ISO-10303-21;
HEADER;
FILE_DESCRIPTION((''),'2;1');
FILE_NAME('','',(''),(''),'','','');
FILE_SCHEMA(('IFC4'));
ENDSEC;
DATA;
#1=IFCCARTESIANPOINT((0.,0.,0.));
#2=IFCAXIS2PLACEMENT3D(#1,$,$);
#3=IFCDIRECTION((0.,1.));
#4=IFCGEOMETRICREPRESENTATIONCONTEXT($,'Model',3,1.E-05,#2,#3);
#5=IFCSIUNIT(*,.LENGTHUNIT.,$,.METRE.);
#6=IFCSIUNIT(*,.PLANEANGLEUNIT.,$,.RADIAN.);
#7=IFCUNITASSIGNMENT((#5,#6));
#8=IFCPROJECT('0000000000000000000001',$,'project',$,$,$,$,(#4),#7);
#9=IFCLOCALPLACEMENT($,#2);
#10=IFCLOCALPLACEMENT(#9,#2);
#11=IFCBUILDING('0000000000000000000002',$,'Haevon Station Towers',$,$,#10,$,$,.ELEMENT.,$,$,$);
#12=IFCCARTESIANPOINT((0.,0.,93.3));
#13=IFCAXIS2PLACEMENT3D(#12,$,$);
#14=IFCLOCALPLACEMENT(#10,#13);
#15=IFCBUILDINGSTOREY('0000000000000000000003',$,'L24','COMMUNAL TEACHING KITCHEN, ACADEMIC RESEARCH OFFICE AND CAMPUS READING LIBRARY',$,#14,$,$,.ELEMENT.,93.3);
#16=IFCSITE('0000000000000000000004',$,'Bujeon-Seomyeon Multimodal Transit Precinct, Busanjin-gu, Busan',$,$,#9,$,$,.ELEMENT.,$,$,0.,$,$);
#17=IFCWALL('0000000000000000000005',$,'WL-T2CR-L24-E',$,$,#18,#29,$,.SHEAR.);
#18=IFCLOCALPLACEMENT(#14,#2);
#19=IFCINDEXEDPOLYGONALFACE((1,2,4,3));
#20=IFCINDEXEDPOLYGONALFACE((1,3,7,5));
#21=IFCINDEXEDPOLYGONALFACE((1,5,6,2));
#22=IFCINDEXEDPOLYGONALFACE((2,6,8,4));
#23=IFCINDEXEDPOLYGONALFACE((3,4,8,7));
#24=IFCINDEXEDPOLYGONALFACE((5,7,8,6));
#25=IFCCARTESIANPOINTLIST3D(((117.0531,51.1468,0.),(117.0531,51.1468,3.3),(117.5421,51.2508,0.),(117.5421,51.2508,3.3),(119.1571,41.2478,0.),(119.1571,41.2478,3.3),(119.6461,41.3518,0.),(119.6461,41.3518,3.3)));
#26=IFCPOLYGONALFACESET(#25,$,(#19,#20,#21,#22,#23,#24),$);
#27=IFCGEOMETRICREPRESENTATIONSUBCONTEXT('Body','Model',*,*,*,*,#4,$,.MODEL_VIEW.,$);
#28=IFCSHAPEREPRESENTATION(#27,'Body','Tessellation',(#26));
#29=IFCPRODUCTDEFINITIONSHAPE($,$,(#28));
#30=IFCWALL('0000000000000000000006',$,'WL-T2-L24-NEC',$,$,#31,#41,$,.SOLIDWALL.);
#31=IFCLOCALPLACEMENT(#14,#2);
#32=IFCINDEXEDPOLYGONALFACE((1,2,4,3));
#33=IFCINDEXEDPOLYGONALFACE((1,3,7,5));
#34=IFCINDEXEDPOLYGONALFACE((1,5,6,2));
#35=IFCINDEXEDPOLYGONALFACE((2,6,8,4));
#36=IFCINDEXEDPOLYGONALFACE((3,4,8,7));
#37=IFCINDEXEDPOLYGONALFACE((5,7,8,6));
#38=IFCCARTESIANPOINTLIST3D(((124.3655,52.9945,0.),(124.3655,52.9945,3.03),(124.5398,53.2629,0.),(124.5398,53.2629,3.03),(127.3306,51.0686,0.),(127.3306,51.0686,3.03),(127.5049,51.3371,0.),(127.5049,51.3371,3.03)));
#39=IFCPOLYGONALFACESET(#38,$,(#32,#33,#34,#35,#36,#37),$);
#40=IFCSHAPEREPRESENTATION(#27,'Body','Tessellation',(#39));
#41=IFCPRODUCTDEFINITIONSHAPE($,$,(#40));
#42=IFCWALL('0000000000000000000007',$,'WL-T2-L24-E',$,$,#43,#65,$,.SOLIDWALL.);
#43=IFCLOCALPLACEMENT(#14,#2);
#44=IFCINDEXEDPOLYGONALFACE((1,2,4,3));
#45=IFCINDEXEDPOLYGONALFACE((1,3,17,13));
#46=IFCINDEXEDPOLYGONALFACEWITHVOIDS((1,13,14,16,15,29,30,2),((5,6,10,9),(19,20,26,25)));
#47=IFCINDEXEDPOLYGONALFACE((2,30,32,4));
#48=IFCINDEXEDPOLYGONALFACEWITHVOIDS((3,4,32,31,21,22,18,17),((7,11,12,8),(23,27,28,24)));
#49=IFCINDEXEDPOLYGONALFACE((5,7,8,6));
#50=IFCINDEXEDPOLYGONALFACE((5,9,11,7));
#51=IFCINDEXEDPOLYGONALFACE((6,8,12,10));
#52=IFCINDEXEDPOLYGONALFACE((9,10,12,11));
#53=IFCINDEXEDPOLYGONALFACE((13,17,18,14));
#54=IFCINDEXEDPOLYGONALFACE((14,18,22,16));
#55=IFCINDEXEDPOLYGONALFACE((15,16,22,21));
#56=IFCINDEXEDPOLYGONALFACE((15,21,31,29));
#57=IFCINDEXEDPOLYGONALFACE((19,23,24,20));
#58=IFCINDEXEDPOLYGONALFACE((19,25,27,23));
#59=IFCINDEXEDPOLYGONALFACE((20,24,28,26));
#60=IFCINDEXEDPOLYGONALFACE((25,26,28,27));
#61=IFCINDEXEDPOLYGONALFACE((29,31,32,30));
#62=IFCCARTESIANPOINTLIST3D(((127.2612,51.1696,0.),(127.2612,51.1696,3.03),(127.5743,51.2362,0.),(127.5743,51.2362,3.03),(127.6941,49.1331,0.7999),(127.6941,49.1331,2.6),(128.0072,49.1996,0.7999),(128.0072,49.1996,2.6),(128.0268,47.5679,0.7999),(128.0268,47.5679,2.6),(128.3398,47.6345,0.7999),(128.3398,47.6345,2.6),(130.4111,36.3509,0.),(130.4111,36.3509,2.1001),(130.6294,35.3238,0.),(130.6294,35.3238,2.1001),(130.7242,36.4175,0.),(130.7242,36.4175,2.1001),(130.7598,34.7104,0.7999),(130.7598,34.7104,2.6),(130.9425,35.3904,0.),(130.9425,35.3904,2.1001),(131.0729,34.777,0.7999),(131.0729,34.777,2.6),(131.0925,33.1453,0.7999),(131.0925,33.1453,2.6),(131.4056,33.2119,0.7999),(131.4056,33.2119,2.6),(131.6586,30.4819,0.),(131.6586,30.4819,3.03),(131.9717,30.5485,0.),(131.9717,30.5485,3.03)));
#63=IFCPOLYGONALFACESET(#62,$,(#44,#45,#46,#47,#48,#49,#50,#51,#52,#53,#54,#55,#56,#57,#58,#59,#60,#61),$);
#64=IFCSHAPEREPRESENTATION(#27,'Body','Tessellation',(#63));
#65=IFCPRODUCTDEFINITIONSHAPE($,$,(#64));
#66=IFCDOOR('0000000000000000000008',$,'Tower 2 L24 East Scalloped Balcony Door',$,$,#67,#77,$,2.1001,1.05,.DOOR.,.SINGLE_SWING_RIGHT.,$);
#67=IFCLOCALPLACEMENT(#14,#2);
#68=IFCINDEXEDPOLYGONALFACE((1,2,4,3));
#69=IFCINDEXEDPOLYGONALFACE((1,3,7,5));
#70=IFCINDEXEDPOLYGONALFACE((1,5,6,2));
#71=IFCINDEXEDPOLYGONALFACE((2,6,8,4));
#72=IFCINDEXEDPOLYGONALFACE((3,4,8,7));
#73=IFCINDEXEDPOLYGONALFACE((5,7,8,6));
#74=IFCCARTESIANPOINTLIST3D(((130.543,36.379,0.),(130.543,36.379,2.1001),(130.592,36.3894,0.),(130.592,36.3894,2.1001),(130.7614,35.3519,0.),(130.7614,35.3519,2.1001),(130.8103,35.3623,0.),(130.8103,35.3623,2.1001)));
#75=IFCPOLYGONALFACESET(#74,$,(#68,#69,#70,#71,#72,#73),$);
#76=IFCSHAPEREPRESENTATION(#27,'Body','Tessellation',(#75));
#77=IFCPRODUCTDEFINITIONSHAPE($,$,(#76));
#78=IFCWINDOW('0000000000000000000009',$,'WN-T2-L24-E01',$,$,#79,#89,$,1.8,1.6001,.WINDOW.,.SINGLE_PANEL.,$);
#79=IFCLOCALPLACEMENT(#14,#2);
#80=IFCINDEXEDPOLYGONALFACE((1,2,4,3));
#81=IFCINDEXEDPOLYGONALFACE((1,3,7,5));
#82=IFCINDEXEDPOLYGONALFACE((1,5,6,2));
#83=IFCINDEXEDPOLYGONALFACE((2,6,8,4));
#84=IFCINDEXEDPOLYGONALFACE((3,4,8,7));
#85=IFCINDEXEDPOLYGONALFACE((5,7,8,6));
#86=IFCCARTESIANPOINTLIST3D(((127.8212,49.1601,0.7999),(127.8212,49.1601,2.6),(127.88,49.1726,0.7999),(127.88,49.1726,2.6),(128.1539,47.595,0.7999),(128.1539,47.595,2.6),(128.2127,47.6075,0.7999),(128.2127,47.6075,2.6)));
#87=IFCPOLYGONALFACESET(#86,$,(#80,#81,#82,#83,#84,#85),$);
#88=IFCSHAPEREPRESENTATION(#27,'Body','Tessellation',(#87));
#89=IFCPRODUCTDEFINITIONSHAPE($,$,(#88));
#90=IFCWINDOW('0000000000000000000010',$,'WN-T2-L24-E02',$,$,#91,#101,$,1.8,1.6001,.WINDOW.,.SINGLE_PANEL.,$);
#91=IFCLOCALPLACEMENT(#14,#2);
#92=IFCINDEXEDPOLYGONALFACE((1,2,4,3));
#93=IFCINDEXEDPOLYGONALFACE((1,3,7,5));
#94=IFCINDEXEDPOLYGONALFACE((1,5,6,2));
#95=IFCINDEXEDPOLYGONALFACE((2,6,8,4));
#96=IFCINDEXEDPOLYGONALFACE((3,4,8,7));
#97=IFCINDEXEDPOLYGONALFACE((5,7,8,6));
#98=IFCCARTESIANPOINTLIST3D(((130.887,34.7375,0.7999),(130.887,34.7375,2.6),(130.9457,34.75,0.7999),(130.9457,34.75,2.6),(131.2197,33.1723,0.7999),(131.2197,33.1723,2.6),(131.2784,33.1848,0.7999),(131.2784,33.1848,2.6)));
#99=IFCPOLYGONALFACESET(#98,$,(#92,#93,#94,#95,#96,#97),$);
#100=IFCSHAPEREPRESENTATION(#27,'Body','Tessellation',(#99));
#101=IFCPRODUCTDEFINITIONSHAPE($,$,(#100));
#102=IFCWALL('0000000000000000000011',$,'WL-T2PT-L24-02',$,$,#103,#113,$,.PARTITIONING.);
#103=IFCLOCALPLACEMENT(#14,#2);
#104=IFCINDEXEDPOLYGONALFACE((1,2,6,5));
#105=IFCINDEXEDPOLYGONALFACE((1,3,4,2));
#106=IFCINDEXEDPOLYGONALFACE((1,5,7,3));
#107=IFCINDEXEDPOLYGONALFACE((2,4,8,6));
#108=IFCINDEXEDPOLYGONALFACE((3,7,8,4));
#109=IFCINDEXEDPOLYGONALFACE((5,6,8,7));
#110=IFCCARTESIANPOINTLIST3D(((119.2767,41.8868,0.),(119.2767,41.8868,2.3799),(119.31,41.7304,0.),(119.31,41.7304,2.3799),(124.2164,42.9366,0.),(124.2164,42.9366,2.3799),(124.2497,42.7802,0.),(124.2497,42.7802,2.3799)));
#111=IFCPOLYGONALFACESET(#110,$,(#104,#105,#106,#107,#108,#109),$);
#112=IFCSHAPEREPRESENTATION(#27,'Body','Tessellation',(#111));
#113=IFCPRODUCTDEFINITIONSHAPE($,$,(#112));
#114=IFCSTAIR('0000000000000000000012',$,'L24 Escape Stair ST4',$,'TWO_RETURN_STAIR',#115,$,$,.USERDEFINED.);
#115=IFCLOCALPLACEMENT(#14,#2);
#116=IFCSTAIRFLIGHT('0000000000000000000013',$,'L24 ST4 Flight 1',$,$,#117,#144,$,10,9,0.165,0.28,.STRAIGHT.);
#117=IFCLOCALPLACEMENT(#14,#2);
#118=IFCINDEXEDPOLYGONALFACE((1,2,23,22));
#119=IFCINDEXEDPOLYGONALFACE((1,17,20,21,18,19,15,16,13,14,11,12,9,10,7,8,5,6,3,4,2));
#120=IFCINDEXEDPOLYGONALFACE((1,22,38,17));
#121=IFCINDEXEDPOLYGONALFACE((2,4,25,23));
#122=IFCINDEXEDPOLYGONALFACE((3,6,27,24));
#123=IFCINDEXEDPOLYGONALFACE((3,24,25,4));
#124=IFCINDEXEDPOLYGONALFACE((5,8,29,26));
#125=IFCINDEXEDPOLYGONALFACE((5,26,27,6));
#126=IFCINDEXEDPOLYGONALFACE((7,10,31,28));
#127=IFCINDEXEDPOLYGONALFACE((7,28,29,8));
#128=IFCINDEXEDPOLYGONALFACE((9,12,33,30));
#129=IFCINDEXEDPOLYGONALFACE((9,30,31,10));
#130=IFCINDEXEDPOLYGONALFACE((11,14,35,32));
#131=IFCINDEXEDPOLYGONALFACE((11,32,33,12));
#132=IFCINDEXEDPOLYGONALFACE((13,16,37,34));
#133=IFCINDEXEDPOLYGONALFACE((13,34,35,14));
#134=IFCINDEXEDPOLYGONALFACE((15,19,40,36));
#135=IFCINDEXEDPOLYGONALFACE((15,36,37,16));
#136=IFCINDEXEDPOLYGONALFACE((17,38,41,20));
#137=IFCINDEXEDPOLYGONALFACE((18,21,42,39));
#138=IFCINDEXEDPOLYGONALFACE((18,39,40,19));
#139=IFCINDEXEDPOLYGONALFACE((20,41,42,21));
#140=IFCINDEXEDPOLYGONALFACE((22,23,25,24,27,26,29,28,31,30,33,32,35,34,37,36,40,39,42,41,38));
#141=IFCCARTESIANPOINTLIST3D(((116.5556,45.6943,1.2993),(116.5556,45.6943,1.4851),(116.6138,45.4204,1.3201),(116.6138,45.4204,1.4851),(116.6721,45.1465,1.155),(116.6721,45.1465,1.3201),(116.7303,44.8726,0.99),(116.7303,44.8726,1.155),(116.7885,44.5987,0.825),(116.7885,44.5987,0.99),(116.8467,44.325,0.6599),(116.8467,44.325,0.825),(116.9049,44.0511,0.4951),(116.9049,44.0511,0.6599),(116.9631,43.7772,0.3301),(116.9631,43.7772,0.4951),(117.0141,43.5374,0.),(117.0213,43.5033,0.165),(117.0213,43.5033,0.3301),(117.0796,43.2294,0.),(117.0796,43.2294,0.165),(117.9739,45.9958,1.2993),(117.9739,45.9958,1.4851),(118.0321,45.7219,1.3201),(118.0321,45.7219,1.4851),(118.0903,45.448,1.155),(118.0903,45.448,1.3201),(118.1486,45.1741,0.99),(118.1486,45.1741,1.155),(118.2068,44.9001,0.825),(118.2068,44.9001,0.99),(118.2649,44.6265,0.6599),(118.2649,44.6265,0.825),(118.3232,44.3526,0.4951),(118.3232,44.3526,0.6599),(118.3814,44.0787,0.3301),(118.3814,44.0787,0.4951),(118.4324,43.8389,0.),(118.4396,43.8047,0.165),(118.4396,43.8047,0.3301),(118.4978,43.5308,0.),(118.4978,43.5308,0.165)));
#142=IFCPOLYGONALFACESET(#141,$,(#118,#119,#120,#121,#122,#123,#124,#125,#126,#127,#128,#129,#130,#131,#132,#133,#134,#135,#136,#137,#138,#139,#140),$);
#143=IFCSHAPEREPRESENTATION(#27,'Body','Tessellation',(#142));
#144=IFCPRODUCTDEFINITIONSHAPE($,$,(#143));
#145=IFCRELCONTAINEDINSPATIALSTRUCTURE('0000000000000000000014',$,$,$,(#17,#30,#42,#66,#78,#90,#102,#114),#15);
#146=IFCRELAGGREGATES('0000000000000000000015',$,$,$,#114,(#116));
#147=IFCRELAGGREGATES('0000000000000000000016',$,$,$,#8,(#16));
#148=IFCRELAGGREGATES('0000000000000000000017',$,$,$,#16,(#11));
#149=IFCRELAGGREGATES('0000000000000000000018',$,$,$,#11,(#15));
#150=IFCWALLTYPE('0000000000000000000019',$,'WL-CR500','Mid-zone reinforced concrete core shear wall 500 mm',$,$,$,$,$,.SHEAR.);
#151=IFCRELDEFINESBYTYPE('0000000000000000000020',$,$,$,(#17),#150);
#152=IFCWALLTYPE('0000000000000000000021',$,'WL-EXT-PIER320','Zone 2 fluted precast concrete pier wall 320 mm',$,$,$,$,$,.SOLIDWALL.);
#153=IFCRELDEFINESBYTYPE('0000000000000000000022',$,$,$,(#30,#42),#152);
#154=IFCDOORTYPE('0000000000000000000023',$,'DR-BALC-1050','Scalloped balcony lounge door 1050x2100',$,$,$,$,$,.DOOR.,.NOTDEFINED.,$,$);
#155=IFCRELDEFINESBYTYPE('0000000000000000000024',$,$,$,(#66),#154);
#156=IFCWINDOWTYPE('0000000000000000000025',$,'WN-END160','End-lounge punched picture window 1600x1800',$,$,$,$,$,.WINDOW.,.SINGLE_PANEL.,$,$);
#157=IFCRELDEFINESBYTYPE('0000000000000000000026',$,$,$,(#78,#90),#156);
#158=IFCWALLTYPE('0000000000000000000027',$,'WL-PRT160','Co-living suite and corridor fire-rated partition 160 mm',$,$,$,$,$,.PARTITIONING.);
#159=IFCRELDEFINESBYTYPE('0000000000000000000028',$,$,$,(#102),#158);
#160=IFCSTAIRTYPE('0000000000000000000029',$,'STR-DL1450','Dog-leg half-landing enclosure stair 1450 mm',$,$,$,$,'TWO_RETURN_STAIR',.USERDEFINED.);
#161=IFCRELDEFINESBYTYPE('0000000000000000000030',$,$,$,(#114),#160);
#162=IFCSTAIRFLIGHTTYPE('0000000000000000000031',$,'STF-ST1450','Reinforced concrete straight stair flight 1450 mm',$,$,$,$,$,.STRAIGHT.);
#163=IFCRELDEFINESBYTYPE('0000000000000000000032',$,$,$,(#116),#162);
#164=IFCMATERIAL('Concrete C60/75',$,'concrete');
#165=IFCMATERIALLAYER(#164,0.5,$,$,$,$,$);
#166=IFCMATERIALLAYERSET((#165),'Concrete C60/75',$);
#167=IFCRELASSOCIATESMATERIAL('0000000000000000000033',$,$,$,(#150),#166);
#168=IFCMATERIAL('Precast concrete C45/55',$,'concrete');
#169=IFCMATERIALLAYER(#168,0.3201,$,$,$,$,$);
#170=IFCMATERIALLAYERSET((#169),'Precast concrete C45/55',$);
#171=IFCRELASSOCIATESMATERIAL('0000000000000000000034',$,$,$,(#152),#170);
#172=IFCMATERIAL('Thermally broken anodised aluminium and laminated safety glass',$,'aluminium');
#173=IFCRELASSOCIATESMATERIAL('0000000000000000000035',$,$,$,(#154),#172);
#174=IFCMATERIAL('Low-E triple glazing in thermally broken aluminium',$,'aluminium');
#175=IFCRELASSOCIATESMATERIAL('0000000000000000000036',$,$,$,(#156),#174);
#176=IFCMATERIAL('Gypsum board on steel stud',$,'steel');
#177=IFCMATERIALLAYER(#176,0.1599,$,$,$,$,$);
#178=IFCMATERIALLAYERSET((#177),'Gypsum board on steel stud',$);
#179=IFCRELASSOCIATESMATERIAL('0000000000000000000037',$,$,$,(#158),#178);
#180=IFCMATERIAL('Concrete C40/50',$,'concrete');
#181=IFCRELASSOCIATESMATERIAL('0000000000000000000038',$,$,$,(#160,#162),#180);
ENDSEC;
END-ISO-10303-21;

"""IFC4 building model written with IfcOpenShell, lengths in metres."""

from ifc_helpers import new_model, si_unit, direction, frame, frame_2d, origin, place, context, subcontext, project, spatial, polyline, rectangle, outline, extrude, material, layer, layer_set, type_object, element, fill, aggregate, save


model = new_model("IFC4")

# Units and contexts
model_context = context("Model", 3, precision=1e-05, world=origin(), true_north=direction((0.0, 1.0)))
body_context = subcontext(model_context, "Body", "Model", "MODEL_VIEW")
ifc_project = project(units=[si_unit("LENGTHUNIT", "METRE"), si_unit("PLANEANGLEUNIT", "RADIAN")], contexts=[model_context])

# Site, building, storey
site_placement = place(None, origin())
site = spatial("IfcSite", under=ifc_project, at=site_placement, Name="Bujeon-Seomyeon Multimodal Transit Precinct, Busanjin-gu, Busan", CompositionType="ELEMENT", RefElevation=0.0)
building_placement = place(site_placement, origin())
building = spatial("IfcBuilding", under=site, at=building_placement, Name="Haevon Station Towers", CompositionType="ELEMENT")
storey_placement = place(building_placement, frame((0.0, 0.0, 93.3)))
storey = spatial("IfcBuildingStorey", under=building, at=storey_placement, Name="L24", Description="COMMUNAL TEACHING KITCHEN, ACADEMIC RESEARCH OFFICE AND CAMPUS READING LIBRARY", CompositionType="ELEMENT", Elevation=93.3)

# Walls
ifc_material_1 = material(Name="Concrete C60/75", Category="concrete")
ifc_layer_1 = layer(ifc_material_1, 0.5)
ifc_layer_set_1 = layer_set([ifc_layer_1], Name="Concrete C60/75")
wall_type_1 = type_object("IfcWallType", Name="WL-CR500", Description="Mid-zone reinforced concrete core shear wall 500 mm", PredefinedType="SHEAR", material=ifc_layer_set_1)
wall_1_placement = place(storey_placement, frame((119.4016, 41.2998, 0.0), z_axis=(0.0, 0.0, 1.0), x_axis=(-0.207904, 0.978149, 0.0)))
element("IfcWall", 1, at=wall_1_placement, inside=storey, type_object=wall_type_1, Name="WL-T2CR-L24-E", PredefinedType="SHEAR", context=body_context, shape_type="SweptSolid", body=[
    extrude(rectangle(XDim=10.1201, YDim=0.5, at=frame_2d((5.0601, 0.0))), origin(), (0.0, 0.0, 1.0), 3.3),
])
ifc_material_2 = material(Name="Precast concrete C45/55", Category="concrete")
ifc_layer_2 = layer(ifc_material_2, 0.3201)
ifc_layer_set_2 = layer_set([ifc_layer_2], Name="Precast concrete C45/55")
wall_type_2 = type_object("IfcWallType", Name="WL-EXT-PIER320", Description="Zone 2 fluted precast concrete pier wall 320 mm", PredefinedType="SOLIDWALL", material=ifc_layer_set_2)
wall_2_placement = place(storey_placement, frame((124.4526, 53.1287, 0.0), z_axis=(0.0, 0.0, 1.0), x_axis=(0.838641, -0.544685, 0.0)))
element("IfcWall", 2, at=wall_2_placement, inside=storey, type_object=wall_type_2, Name="WL-T2-L24-NEC", PredefinedType="SOLIDWALL", context=body_context, shape_type="SweptSolid", body=[
    extrude(rectangle(XDim=3.5356, YDim=0.3201, at=frame_2d((1.7678, 0.0))), origin(), (0.0, 0.0, 1.0), 3.03),
])

# Wall, openings, door, windows
wall_3_placement = place(storey_placement, frame((127.4177, 51.2029, 0.0), z_axis=(0.0, 0.0, 1.0), x_axis=(0.207918, -0.978146, 0.0)))
wall_3 = element("IfcWall", 3, at=wall_3_placement, inside=storey, type_object=wall_type_2, Name="WL-T2-L24-E", PredefinedType="SOLIDWALL", context=body_context, shape_type="SweptSolid", body=[
    extrude(rectangle(XDim=21.1499, YDim=0.3201, at=frame_2d((10.575, 0.0))), origin(), (0.0, 0.0, 1.0), 3.03),
])
opening_1_placement = place(wall_3_placement, frame((15.1499, 0.0, 0.0)))
opening_1 = element("IfcOpeningElement", 4, at=opening_1_placement, cuts=wall_3, PredefinedType="OPENING", context=body_context, shape_type="SweptSolid", body=[
    extrude(rectangle(XDim=1.05, YDim=2.1001, at=frame_2d((0.5249, 1.05))), frame((0.0, 0.1699, 0.0), z_axis=(0.0, -1.0, 0.0), x_axis=(1.0, 0.0, 0.0)), (0.0, 0.0, 1.0), 0.3401),
])
opening_2_placement = place(wall_3_placement, frame((2.082, 0.0, 0.8)))
opening_2 = element("IfcOpeningElement", 5, at=opening_2_placement, cuts=wall_3, PredefinedType="OPENING", context=body_context, shape_type="SweptSolid", body=[
    extrude(rectangle(XDim=1.6001, YDim=1.8, at=frame_2d((0.8, 0.8999))), frame((0.0, 0.1699, 0.0), z_axis=(0.0, -1.0, 0.0), x_axis=(1.0, 0.0, 0.0)), (0.0, 0.0, 1.0), 0.3401),
])
opening_3_placement = place(wall_3_placement, frame((16.8269, 0.0, 0.8)))
opening_3 = element("IfcOpeningElement", 6, at=opening_3_placement, cuts=wall_3, PredefinedType="OPENING", context=body_context, shape_type="SweptSolid", body=[
    extrude(rectangle(XDim=1.6001, YDim=1.8, at=frame_2d((0.8, 0.8999))), frame((0.0, 0.1699, 0.0), z_axis=(0.0, -1.0, 0.0), x_axis=(1.0, 0.0, 0.0)), (0.0, 0.0, 1.0), 0.3401),
])
ifc_material_3 = material(Name="Thermally broken anodised aluminium and laminated safety glass", Category="aluminium")
door_type = type_object("IfcDoorType", Name="DR-BALC-1050", Description="Scalloped balcony lounge door 1050x2100", OperationType="NOTDEFINED", PredefinedType="DOOR", material=ifc_material_3)
door_placement = place(opening_1_placement, origin())
door = element("IfcDoor", 7, at=door_placement, inside=storey, type_object=door_type, Name="Tower 2 L24 East Scalloped Balcony Door", OperationType="SINGLE_SWING_RIGHT", OverallHeight=2.1001, OverallWidth=1.05, PredefinedType="DOOR", context=body_context, shape_type="SweptSolid", body=[
    extrude(rectangle(XDim=1.05, YDim=2.1001, at=frame_2d((0.5249, 1.05))), frame((0.0, 0.0249, 0.0), z_axis=(0.0, -1.0, 0.0), x_axis=(1.0, 0.0, 0.0)), (0.0, 0.0, 1.0), 0.05),
])
fill(opening_1, door)
ifc_material_4 = material(Name="Low-E triple glazing in thermally broken aluminium", Category="aluminium")
window_type = type_object("IfcWindowType", Name="WN-END160", Description="End-lounge punched picture window 1600x1800", PartitioningType="SINGLE_PANEL", PredefinedType="WINDOW", material=ifc_material_4)
window_1_placement = place(opening_2_placement, origin())
window_1 = element("IfcWindow", 8, at=window_1_placement, inside=storey, type_object=window_type, Name="WN-T2-L24-E01", OverallHeight=1.8, OverallWidth=1.6001, PartitioningType="SINGLE_PANEL", PredefinedType="WINDOW", context=body_context, shape_type="SweptSolid", body=[
    extrude(rectangle(XDim=1.6001, YDim=1.8, at=frame_2d((0.8, 0.8999))), frame((0.0, 0.03, 0.0), z_axis=(0.0, -1.0, 0.0), x_axis=(1.0, 0.0, 0.0)), (0.0, 0.0, 1.0), 0.0601),
])
fill(opening_2, window_1)
window_2_placement = place(opening_3_placement, origin())
window_2 = element("IfcWindow", 9, at=window_2_placement, inside=storey, type_object=window_type, Name="WN-T2-L24-E02", OverallHeight=1.8, OverallWidth=1.6001, PartitioningType="SINGLE_PANEL", PredefinedType="WINDOW", context=body_context, shape_type="SweptSolid", body=[
    extrude(rectangle(XDim=1.6001, YDim=1.8, at=frame_2d((0.8, 0.8999))), frame((0.0, 0.03, 0.0), z_axis=(0.0, -1.0, 0.0), x_axis=(1.0, 0.0, 0.0)), (0.0, 0.0, 1.0), 0.0601),
])
fill(opening_3, window_2)

# Wall
ifc_material_5 = material(Name="Gypsum board on steel stud", Category="steel")
ifc_layer_3 = layer(ifc_material_5, 0.1599)
ifc_layer_set_3 = layer_set([ifc_layer_3], Name="Gypsum board on steel stud")
wall_type_3 = type_object("IfcWallType", Name="WL-PRT160", Description="Co-living suite and corridor fire-rated partition 160 mm", PredefinedType="PARTITIONING", material=ifc_layer_set_3)
wall_4_placement = place(storey_placement, frame((119.2935, 41.8086, 0.0), z_axis=(0.0, 0.0, 1.0), x_axis=(0.978154, 0.207881, 0.0)))
element("IfcWall", 10, at=wall_4_placement, inside=storey, type_object=wall_type_3, Name="WL-T2PT-L24-02", PredefinedType="PARTITIONING", context=body_context, shape_type="SweptSolid", body=[
    extrude(rectangle(XDim=5.05, YDim=0.1599, at=frame_2d((2.5249, 0.0))), origin(), (0.0, 0.0, 1.0), 2.3799),
])

# Stair, stair flight
ifc_material_6 = material(Name="Concrete C40/50", Category="concrete")
stair_type = type_object("IfcStairType", Name="STR-DL1450", Description="Dog-leg half-landing enclosure stair 1450 mm", ElementType="TWO_RETURN_STAIR", PredefinedType="USERDEFINED", material=ifc_material_6)
stair_placement = place(storey_placement, origin())
stair = element("IfcStair", 11, at=stair_placement, inside=storey, type_object=stair_type, Name="L24 Escape Stair ST4", ObjectType="TWO_RETURN_STAIR", PredefinedType="USERDEFINED")
stair_flight_type = type_object("IfcStairFlightType", Name="STF-ST1450", Description="Reinforced concrete straight stair flight 1450 mm", PredefinedType="STRAIGHT", material=ifc_material_6)
stair_flight_placement = place(storey_placement, frame((117.7888, 43.3801, 0.0), z_axis=(0.0, 0.0, 1.0), x_axis=(-0.207912, 0.978148, 0.0)))
stair_flight = element("IfcStairFlight", 12, at=stair_flight_placement, type_object=stair_flight_type, Name="L24 ST4 Flight 1", NumberOfRisers=10, NumberOfTreads=9, PredefinedType="STRAIGHT", RiserHeight=0.165, TreadLength=0.28, context=body_context, shape_type="SweptSolid", body=[
    extrude(outline(polyline([(0.0, 0.0), (0.0, 0.165), (0.28, 0.165), (0.28, 0.3301), (0.5601, 0.3301), (0.5601, 0.4951), (0.8401, 0.4951), (0.8401, 0.6599), (1.1201, 0.6599), (1.1201, 0.825), (1.3999, 0.825), (1.3999, 0.99), (1.6799, 0.99), (1.6799, 1.155), (1.96, 1.155), (1.96, 1.3201), (2.24, 1.3201), (2.24, 1.4851), (2.52, 1.4851), (2.52, 1.6499), (2.52, 1.2993), (0.3149, 0.0), (0.0, 0.0)])), frame((0.0, 0.7251, 0.0), z_axis=(0.0, -1.0, 0.0), x_axis=(1.0, 0.0, 0.0)), (0.0, 0.0, 1.0), 1.45),
])
aggregate(stair, [stair_flight])

save(model, "model.ifc")
